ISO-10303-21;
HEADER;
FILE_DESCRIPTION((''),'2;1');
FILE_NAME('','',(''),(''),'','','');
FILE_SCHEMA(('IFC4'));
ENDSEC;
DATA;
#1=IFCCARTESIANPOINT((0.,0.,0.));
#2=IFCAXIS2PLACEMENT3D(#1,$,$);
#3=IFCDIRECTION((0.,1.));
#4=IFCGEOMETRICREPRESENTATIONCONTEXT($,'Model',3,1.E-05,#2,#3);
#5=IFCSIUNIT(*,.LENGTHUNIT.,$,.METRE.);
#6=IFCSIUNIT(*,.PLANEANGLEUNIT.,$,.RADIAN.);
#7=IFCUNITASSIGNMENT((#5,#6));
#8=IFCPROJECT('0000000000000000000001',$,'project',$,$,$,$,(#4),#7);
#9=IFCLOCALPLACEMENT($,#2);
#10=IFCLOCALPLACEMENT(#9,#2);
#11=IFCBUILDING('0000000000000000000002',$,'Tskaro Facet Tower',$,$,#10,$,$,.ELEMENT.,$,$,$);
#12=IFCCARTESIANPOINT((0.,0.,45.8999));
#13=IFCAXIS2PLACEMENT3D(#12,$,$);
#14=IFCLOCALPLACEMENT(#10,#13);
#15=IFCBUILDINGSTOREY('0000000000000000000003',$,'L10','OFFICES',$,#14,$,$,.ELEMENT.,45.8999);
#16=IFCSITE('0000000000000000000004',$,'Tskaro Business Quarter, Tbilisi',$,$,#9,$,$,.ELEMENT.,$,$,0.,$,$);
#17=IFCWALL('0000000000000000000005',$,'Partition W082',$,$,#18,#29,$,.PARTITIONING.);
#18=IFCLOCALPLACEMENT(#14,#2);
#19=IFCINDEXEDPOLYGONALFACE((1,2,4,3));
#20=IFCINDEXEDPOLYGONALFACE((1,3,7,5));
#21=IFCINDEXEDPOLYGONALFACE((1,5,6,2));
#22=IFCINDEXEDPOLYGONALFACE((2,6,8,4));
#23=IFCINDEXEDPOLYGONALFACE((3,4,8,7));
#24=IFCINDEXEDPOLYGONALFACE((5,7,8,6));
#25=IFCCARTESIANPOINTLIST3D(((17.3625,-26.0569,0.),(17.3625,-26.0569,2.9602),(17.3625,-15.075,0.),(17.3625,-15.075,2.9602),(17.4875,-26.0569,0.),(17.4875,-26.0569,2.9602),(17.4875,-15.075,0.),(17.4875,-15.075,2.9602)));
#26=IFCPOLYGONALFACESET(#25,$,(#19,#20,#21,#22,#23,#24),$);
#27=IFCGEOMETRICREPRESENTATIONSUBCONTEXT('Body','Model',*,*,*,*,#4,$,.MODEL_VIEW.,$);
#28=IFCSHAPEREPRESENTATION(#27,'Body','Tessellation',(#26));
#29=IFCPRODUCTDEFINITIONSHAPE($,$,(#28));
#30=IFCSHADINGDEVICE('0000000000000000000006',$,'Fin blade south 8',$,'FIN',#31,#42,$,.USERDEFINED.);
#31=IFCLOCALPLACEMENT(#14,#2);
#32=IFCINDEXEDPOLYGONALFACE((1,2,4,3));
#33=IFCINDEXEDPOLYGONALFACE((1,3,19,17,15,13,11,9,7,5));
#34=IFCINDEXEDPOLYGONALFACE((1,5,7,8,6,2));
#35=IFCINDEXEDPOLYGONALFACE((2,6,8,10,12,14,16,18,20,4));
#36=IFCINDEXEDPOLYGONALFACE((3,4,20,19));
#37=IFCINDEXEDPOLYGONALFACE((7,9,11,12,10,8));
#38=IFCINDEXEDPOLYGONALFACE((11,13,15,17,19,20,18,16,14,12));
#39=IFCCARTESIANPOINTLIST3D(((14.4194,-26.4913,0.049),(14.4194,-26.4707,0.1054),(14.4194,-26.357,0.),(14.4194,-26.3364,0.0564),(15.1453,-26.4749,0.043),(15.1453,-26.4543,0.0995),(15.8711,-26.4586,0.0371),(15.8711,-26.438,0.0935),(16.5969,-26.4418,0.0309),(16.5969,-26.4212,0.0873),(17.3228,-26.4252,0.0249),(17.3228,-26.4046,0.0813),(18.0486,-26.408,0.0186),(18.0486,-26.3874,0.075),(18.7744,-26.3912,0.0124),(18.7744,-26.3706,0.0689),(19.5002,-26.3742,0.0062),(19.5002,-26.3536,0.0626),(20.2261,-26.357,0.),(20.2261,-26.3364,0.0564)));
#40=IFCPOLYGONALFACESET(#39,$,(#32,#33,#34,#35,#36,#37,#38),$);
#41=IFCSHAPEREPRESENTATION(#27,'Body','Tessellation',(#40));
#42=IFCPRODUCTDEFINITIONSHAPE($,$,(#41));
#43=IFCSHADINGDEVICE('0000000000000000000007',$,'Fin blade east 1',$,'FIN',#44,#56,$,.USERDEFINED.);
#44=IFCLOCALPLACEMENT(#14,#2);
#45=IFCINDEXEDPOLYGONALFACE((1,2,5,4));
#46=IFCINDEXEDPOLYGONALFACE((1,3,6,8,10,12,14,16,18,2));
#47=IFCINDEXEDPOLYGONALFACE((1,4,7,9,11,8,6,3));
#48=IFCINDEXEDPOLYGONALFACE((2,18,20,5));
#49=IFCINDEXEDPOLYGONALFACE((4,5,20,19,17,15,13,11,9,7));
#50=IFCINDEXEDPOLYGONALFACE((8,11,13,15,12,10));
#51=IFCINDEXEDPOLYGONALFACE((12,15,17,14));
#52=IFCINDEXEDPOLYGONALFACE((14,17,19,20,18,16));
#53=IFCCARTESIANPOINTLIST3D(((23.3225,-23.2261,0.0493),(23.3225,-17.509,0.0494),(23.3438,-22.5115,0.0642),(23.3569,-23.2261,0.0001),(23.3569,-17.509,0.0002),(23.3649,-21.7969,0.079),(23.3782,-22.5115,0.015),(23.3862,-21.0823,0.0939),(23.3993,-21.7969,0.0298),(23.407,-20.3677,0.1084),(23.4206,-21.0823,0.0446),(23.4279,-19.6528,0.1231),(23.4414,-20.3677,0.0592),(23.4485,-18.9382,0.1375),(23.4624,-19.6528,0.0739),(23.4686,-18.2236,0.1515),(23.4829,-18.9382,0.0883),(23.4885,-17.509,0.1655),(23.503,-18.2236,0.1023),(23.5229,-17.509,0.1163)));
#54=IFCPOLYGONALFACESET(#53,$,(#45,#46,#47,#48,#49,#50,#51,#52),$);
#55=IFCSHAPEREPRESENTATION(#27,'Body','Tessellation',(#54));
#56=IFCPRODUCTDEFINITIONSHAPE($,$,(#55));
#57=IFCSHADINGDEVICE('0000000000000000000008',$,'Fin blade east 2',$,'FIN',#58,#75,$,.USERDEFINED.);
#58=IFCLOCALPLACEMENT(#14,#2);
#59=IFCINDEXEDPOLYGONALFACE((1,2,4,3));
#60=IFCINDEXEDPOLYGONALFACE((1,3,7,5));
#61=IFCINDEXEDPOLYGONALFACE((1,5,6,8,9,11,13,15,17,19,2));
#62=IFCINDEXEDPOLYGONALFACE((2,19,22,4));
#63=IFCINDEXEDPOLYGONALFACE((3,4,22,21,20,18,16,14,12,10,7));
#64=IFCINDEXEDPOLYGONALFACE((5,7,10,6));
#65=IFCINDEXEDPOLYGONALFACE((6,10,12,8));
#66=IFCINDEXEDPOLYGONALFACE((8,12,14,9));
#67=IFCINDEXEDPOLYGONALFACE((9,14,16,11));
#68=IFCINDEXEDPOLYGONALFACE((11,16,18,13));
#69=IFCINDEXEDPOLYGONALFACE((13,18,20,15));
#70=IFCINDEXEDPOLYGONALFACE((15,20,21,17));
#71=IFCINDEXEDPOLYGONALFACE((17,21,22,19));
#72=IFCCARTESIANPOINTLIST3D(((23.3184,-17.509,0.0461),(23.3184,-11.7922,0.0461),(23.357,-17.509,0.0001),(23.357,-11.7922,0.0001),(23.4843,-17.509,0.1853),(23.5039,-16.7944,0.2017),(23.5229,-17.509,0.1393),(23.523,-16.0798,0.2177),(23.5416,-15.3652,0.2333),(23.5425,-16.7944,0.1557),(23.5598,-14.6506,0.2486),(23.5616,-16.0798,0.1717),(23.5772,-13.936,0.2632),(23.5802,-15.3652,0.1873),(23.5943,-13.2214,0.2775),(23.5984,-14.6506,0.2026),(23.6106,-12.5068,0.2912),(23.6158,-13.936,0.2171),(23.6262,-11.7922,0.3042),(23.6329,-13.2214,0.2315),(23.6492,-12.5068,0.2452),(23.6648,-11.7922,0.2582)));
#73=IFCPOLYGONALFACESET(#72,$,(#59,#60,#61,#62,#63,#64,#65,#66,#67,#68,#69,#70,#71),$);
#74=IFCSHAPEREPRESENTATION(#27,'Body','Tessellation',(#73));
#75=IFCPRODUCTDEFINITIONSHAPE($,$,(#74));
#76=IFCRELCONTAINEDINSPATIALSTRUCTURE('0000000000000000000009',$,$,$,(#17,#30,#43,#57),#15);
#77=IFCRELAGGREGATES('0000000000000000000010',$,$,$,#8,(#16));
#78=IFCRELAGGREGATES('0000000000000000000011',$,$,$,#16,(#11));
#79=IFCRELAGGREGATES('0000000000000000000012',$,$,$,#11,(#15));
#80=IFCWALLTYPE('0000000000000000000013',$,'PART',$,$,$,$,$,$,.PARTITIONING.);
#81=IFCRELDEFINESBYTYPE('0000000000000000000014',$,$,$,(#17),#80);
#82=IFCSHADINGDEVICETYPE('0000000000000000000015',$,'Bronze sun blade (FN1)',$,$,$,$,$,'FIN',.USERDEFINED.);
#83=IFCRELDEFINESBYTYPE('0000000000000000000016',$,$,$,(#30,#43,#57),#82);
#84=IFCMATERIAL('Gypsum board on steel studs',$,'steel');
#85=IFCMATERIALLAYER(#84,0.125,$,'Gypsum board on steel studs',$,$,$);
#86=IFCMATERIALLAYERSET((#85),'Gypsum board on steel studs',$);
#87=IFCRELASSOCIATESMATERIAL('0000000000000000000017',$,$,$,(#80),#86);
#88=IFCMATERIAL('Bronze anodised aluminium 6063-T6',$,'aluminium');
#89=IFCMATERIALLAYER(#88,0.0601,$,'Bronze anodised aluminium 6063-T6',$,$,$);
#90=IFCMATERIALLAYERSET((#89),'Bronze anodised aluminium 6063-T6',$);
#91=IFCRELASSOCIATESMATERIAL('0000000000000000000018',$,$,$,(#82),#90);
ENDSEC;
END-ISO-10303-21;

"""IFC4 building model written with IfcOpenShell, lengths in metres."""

from ifc_helpers import new_model, si_unit, direction, frame, frame_2d, origin, place, context, subcontext, project, spatial, polyline, rectangle, outline, extrude, material, layer, layer_set, type_object, element, save


model = new_model("IFC4")

# Units and contexts
model_context = context("Model", 3, precision=1e-05, world=origin(), true_north=direction((0.0, 1.0)))
body_context = subcontext(model_context, "Body", "Model", "MODEL_VIEW")
ifc_project = project(units=[si_unit("LENGTHUNIT", "METRE"), si_unit("PLANEANGLEUNIT", "RADIAN")], contexts=[model_context])

# Site, building, storey
site_placement = place(None, origin())
site = spatial("IfcSite", under=ifc_project, at=site_placement, Name="Tskaro Business Quarter, Tbilisi", CompositionType="ELEMENT", RefElevation=0.0)
building_placement = place(site_placement, origin())
building = spatial("IfcBuilding", under=site, at=building_placement, Name="Tskaro Facet Tower", CompositionType="ELEMENT")
storey_placement = place(building_placement, frame((0.0, 0.0, 45.8999)))
storey = spatial("IfcBuildingStorey", under=building, at=storey_placement, Name="L10", Description="OFFICES", CompositionType="ELEMENT", Elevation=45.8999)

# Shared definitions
ifc_material_1 = material(Name="Bronze anodised aluminium 6063-T6", Category="aluminium")

# Wall
ifc_material_2 = material(Name="Gypsum board on steel studs", Category="steel")
ifc_layer_1 = layer(ifc_material_2, 0.125, Name="Gypsum board on steel studs")
ifc_layer_set_1 = layer_set([ifc_layer_1], Name="Gypsum board on steel studs")
wall_type = type_object("IfcWallType", Name="PART", PredefinedType="PARTITIONING", material=ifc_layer_set_1)
wall_placement = place(storey_placement, frame((17.425, -26.0569, 0.0), z_axis=(0.0, 0.0, 1.0), x_axis=(0.0, 1.0, 0.0)))
element("IfcWall", 1, at=wall_placement, inside=storey, type_object=wall_type, Name="Partition W082", PredefinedType="PARTITIONING", context=body_context, shape_type="SweptSolid", body=[
    extrude(rectangle(XDim=10.9819, YDim=0.125, at=frame_2d((5.491, 0.0))), origin(), (0.0, 0.0, 1.0), 2.9602),
])

# Shading devices
ifc_layer_2 = layer(ifc_material_1, 0.0601, Name="Bronze anodised aluminium 6063-T6")
ifc_layer_set_2 = layer_set([ifc_layer_2], Name="Bronze anodised aluminium 6063-T6")
shading_device_type = type_object("IfcShadingDeviceType", Name="Bronze sun blade (FN1)", ElementType="FIN", PredefinedType="USERDEFINED", material=ifc_layer_set_2)
shading_device_1_placement = place(storey_placement, frame((14.4194, -26.3364, 0.0564), z_axis=(0.000004, 0.343085, 0.939304), x_axis=(1.0, -0.000001, -0.000004)))
element("IfcShadingDevice", 2, at=shading_device_1_placement, inside=storey, type_object=shading_device_type, Name="Fin blade south 8", ObjectType="FIN", PredefinedType="USERDEFINED", context=body_context, shape_type="SweptSolid", body=[
    extrude(outline(polyline([(0.0, 0.0), (5.8066, 0.0), (5.0808, -0.0182), (4.355, -0.0364), (3.6292, -0.0543), (2.9033, -0.0725), (2.1775, -0.0902), (1.4517, -0.1081), (0.7258, -0.1255), (0.0, -0.143), (0.0, 0.0)])), origin(), (0.0, 0.0, -1.0), 0.0601),
])
shading_device_2_placement = place(storey_placement, frame((23.3225, -23.2261, 0.0493), z_axis=(-0.573103, -0.000016, 0.819483), x_axis=(-0.000009, 1.0, 0.000013)))
element("IfcShadingDevice", 3, at=shading_device_2_placement, inside=storey, type_object=shading_device_type, Name="Fin blade east 1", ObjectType="FIN", PredefinedType="USERDEFINED", context=body_context, shape_type="SweptSolid", body=[
    extrude(outline(polyline([(0.0, 0.0), (5.717, 0.0), (5.717, -0.2026), (5.0024, -0.1783), (4.2878, -0.1537), (3.5732, -0.1287), (2.8584, -0.1031), (2.1438, -0.0777), (1.4292, -0.0517), (0.7146, -0.0259), (0.0, 0.0)])), origin(), (0.0, 0.0, -1.0), 0.0601),
])
shading_device_3_placement = place(storey_placement, frame((23.3184, -17.509, 0.0461), z_axis=(-0.642584, 0.000008, 0.766216), x_axis=(0.000005, 1.0, -0.000006)))
element("IfcShadingDevice", 4, at=shading_device_3_placement, inside=storey, type_object=shading_device_type, Name="Fin blade east 2", ObjectType="FIN", PredefinedType="USERDEFINED", context=body_context, shape_type="SweptSolid", body=[
    extrude(outline(polyline([(0.0, 0.0), (5.7168, 0.0), (5.7168, -0.4017), (5.0022, -0.3814), (4.2876, -0.3601), (3.573, -0.3378), (2.8584, -0.3151), (2.1438, -0.2913), (1.4292, -0.267), (0.7146, -0.2421), (0.0, -0.2166), (0.0, 0.0)])), origin(), (0.0, 0.0, -1.0), 0.0601),
])

save(model, "model.ifc")
